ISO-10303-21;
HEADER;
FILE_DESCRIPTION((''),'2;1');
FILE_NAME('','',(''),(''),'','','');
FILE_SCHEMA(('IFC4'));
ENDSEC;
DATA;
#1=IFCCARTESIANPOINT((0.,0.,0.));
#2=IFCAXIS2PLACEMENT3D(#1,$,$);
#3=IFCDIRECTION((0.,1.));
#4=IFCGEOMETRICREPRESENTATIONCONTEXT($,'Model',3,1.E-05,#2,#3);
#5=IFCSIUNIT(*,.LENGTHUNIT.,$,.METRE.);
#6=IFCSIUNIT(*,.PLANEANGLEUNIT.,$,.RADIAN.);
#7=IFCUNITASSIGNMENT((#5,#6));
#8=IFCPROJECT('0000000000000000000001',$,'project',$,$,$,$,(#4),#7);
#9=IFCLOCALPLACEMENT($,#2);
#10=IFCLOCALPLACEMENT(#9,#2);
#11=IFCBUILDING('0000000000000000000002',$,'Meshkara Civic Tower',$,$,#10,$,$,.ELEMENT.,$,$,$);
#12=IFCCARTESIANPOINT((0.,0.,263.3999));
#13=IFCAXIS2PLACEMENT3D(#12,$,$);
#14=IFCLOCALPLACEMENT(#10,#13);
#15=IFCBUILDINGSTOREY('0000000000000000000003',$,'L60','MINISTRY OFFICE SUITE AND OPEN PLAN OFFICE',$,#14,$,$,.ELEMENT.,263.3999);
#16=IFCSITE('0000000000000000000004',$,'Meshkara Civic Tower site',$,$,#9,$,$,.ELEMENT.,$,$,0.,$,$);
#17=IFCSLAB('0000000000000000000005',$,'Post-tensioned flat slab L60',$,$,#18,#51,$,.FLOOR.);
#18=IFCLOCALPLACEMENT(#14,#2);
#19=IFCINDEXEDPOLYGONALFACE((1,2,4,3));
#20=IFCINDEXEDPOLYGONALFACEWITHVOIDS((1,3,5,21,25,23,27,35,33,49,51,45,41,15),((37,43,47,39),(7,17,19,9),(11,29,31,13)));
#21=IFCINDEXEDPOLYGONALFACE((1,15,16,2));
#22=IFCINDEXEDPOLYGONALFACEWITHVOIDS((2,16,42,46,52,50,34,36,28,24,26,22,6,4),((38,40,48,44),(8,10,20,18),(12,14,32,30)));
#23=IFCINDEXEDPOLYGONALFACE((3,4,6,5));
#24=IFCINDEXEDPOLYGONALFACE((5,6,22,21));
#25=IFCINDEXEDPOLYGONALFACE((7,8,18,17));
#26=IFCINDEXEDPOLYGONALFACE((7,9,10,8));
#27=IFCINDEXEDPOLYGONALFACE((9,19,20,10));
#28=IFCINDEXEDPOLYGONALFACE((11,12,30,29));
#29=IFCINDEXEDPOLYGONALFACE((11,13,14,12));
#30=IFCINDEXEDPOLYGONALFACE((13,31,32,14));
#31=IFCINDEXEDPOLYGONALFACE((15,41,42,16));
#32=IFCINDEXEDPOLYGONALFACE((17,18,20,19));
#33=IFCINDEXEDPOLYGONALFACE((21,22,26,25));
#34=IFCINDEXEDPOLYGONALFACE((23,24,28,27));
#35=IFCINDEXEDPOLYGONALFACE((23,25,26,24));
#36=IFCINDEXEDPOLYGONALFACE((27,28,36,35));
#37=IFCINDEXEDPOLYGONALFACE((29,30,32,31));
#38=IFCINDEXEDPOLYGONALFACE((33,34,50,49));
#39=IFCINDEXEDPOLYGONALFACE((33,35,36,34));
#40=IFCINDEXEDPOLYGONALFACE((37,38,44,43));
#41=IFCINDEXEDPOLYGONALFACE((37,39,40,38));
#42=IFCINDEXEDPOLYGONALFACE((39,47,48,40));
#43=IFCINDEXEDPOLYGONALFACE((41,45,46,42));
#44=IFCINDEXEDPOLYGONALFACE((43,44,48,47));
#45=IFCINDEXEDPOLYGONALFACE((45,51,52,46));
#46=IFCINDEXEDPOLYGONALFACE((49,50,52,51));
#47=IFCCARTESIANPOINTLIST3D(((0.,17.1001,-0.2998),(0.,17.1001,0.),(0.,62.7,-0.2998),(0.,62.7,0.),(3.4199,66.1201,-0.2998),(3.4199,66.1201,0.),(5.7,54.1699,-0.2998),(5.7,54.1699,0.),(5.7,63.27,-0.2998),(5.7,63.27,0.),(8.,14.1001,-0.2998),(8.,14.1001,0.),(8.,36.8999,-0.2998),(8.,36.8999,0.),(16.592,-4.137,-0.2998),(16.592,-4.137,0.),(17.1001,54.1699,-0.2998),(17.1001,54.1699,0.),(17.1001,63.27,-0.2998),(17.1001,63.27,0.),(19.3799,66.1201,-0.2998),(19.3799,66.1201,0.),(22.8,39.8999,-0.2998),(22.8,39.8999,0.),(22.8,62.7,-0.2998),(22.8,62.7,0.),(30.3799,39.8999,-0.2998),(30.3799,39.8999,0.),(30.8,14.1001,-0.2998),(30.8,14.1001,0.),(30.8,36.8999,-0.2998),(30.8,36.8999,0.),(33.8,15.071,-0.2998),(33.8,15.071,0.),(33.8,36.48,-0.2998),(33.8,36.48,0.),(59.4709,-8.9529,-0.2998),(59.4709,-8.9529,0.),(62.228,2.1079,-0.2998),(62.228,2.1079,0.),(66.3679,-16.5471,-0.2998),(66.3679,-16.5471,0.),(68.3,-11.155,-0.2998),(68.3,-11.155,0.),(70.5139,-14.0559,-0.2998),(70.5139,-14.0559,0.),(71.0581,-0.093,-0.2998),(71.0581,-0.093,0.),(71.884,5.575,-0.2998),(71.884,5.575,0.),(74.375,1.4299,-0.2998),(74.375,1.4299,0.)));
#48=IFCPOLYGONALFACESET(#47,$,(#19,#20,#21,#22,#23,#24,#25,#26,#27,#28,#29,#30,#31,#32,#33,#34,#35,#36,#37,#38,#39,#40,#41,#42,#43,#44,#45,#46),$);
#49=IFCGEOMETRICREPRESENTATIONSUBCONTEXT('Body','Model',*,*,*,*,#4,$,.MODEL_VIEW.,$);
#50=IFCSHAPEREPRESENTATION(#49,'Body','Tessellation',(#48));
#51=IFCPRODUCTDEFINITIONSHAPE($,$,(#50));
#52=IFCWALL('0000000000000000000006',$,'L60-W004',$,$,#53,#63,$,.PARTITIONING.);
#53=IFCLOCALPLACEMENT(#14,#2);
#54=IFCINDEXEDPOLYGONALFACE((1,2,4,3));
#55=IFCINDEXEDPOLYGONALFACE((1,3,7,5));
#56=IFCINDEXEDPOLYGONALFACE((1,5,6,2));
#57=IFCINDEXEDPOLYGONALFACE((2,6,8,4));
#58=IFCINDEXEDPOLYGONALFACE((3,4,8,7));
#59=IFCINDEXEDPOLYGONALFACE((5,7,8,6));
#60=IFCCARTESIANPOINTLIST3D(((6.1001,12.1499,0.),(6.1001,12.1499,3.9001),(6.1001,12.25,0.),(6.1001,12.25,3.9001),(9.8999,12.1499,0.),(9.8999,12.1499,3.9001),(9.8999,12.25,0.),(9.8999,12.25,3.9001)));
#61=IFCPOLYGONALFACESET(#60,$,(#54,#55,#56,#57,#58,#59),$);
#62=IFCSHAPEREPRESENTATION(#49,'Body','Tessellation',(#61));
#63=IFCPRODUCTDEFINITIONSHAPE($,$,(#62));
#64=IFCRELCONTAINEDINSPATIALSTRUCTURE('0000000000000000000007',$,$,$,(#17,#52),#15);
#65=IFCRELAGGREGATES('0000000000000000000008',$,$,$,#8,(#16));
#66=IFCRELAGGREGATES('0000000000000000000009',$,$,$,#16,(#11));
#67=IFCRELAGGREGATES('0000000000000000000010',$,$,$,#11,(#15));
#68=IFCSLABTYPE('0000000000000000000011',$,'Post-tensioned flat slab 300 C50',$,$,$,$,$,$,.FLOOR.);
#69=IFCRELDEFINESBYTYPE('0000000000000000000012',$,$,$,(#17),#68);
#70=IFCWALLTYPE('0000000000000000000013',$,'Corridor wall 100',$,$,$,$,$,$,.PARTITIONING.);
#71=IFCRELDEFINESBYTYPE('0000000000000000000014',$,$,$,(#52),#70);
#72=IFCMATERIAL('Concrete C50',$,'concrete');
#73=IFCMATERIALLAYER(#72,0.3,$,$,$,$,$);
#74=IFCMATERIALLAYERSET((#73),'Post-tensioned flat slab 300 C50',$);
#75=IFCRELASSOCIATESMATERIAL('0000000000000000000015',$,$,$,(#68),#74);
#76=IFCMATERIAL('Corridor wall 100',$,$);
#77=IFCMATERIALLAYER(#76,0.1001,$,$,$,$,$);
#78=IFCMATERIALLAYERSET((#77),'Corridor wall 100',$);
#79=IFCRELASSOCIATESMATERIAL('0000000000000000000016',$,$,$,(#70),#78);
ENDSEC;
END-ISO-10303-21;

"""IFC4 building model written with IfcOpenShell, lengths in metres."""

from ifc_helpers import new_model, si_unit, direction, frame, frame_2d, origin, place, context, subcontext, project, spatial, polyline, rectangle, outline, extrude, material, layer, layer_set, type_object, element, save


model = new_model("IFC4")

# Units and contexts
model_context = context("Model", 3, precision=1e-05, world=origin(), true_north=direction((0.0, 1.0)))
body_context = subcontext(model_context, "Body", "Model", "MODEL_VIEW")
ifc_project = project(units=[si_unit("LENGTHUNIT", "METRE"), si_unit("PLANEANGLEUNIT", "RADIAN")], contexts=[model_context])

# Site, building, storey
site_placement = place(None, origin())
site = spatial("IfcSite", under=ifc_project, at=site_placement, Name="Meshkara Civic Tower site", CompositionType="ELEMENT", RefElevation=0.0)
building_placement = place(site_placement, origin())
building = spatial("IfcBuilding", under=site, at=building_placement, Name="Meshkara Civic Tower", CompositionType="ELEMENT")
storey_placement = place(building_placement, frame((0.0, 0.0, 263.3999)))
storey = spatial("IfcBuildingStorey", under=building, at=storey_placement, Name="L60", Description="MINISTRY OFFICE SUITE AND OPEN PLAN OFFICE", CompositionType="ELEMENT", Elevation=263.3999)

# Slab
ifc_material_1 = material(Name="Concrete C50", Category="concrete")
ifc_layer_1 = layer(ifc_material_1, 0.3)
ifc_layer_set_1 = layer_set([ifc_layer_1], Name="Post-tensioned flat slab 300 C50")
slab_type_1 = type_object("IfcSlabType", Name="Post-tensioned flat slab 300 C50", PredefinedType="FLOOR", material=ifc_layer_set_1)
slab_1_placement = place(storey_placement, frame((0.0, 0.0, -0.2998)))
element("IfcSlab", 1, at=slab_1_placement, inside=storey, type_object=slab_type_1, Name="Post-tensioned flat slab L60", PredefinedType="FLOOR", context=body_context, shape_type="SweptSolid", body=[
    extrude(outline(polyline([(70.5139, -14.0559), (66.3679, -16.5471), (16.592, -4.137), (0.0, 17.1001), (0.0, 62.7), (3.4199, 66.1201), (19.3799, 66.1201), (22.8, 62.7), (22.8, 39.8999), (30.3799, 39.8999), (33.8, 36.48), (33.8, 15.071), (71.884, 5.575), (74.375, 1.4299), (70.5139, -14.0559)]), holes=[polyline([(68.3, -11.155), (71.0581, -0.093), (62.228, 2.1079), (59.4709, -8.9529), (68.3, -11.155)]), polyline([(8.0, 14.1001), (30.8, 14.1001), (30.8, 36.8999), (8.0, 36.8999), (8.0, 14.1001)]), polyline([(5.7, 63.27), (5.7, 54.1699), (17.1001, 54.1699), (17.1001, 63.27), (5.7, 63.27)])]), origin(), (0.0, 0.0, 1.0), 0.2998),
])

# Wall
ifc_material_2 = material(Name="Corridor wall 100")
ifc_layer_2 = layer(ifc_material_2, 0.1001)
ifc_layer_set_2 = layer_set([ifc_layer_2], Name="Corridor wall 100")
wall_type_1 = type_object("IfcWallType", Name="Corridor wall 100", PredefinedType="PARTITIONING", material=ifc_layer_set_2)
wall_1_placement = place(storey_placement, frame((6.1001, 12.2, 0.0), z_axis=(0.0, 0.0, 1.0), x_axis=(1.0, 0.0, 0.0)))
element("IfcWall", 2, at=wall_1_placement, inside=storey, type_object=wall_type_1, Name="L60-W004", PredefinedType="PARTITIONING", context=body_context, shape_type="SweptSolid", body=[
    extrude(rectangle(XDim=3.7998, YDim=0.1001, at=frame_2d((1.8999, 0.0))), origin(), (0.0, 0.0, 1.0), 3.9001),
])

save(model, "model.ifc")
